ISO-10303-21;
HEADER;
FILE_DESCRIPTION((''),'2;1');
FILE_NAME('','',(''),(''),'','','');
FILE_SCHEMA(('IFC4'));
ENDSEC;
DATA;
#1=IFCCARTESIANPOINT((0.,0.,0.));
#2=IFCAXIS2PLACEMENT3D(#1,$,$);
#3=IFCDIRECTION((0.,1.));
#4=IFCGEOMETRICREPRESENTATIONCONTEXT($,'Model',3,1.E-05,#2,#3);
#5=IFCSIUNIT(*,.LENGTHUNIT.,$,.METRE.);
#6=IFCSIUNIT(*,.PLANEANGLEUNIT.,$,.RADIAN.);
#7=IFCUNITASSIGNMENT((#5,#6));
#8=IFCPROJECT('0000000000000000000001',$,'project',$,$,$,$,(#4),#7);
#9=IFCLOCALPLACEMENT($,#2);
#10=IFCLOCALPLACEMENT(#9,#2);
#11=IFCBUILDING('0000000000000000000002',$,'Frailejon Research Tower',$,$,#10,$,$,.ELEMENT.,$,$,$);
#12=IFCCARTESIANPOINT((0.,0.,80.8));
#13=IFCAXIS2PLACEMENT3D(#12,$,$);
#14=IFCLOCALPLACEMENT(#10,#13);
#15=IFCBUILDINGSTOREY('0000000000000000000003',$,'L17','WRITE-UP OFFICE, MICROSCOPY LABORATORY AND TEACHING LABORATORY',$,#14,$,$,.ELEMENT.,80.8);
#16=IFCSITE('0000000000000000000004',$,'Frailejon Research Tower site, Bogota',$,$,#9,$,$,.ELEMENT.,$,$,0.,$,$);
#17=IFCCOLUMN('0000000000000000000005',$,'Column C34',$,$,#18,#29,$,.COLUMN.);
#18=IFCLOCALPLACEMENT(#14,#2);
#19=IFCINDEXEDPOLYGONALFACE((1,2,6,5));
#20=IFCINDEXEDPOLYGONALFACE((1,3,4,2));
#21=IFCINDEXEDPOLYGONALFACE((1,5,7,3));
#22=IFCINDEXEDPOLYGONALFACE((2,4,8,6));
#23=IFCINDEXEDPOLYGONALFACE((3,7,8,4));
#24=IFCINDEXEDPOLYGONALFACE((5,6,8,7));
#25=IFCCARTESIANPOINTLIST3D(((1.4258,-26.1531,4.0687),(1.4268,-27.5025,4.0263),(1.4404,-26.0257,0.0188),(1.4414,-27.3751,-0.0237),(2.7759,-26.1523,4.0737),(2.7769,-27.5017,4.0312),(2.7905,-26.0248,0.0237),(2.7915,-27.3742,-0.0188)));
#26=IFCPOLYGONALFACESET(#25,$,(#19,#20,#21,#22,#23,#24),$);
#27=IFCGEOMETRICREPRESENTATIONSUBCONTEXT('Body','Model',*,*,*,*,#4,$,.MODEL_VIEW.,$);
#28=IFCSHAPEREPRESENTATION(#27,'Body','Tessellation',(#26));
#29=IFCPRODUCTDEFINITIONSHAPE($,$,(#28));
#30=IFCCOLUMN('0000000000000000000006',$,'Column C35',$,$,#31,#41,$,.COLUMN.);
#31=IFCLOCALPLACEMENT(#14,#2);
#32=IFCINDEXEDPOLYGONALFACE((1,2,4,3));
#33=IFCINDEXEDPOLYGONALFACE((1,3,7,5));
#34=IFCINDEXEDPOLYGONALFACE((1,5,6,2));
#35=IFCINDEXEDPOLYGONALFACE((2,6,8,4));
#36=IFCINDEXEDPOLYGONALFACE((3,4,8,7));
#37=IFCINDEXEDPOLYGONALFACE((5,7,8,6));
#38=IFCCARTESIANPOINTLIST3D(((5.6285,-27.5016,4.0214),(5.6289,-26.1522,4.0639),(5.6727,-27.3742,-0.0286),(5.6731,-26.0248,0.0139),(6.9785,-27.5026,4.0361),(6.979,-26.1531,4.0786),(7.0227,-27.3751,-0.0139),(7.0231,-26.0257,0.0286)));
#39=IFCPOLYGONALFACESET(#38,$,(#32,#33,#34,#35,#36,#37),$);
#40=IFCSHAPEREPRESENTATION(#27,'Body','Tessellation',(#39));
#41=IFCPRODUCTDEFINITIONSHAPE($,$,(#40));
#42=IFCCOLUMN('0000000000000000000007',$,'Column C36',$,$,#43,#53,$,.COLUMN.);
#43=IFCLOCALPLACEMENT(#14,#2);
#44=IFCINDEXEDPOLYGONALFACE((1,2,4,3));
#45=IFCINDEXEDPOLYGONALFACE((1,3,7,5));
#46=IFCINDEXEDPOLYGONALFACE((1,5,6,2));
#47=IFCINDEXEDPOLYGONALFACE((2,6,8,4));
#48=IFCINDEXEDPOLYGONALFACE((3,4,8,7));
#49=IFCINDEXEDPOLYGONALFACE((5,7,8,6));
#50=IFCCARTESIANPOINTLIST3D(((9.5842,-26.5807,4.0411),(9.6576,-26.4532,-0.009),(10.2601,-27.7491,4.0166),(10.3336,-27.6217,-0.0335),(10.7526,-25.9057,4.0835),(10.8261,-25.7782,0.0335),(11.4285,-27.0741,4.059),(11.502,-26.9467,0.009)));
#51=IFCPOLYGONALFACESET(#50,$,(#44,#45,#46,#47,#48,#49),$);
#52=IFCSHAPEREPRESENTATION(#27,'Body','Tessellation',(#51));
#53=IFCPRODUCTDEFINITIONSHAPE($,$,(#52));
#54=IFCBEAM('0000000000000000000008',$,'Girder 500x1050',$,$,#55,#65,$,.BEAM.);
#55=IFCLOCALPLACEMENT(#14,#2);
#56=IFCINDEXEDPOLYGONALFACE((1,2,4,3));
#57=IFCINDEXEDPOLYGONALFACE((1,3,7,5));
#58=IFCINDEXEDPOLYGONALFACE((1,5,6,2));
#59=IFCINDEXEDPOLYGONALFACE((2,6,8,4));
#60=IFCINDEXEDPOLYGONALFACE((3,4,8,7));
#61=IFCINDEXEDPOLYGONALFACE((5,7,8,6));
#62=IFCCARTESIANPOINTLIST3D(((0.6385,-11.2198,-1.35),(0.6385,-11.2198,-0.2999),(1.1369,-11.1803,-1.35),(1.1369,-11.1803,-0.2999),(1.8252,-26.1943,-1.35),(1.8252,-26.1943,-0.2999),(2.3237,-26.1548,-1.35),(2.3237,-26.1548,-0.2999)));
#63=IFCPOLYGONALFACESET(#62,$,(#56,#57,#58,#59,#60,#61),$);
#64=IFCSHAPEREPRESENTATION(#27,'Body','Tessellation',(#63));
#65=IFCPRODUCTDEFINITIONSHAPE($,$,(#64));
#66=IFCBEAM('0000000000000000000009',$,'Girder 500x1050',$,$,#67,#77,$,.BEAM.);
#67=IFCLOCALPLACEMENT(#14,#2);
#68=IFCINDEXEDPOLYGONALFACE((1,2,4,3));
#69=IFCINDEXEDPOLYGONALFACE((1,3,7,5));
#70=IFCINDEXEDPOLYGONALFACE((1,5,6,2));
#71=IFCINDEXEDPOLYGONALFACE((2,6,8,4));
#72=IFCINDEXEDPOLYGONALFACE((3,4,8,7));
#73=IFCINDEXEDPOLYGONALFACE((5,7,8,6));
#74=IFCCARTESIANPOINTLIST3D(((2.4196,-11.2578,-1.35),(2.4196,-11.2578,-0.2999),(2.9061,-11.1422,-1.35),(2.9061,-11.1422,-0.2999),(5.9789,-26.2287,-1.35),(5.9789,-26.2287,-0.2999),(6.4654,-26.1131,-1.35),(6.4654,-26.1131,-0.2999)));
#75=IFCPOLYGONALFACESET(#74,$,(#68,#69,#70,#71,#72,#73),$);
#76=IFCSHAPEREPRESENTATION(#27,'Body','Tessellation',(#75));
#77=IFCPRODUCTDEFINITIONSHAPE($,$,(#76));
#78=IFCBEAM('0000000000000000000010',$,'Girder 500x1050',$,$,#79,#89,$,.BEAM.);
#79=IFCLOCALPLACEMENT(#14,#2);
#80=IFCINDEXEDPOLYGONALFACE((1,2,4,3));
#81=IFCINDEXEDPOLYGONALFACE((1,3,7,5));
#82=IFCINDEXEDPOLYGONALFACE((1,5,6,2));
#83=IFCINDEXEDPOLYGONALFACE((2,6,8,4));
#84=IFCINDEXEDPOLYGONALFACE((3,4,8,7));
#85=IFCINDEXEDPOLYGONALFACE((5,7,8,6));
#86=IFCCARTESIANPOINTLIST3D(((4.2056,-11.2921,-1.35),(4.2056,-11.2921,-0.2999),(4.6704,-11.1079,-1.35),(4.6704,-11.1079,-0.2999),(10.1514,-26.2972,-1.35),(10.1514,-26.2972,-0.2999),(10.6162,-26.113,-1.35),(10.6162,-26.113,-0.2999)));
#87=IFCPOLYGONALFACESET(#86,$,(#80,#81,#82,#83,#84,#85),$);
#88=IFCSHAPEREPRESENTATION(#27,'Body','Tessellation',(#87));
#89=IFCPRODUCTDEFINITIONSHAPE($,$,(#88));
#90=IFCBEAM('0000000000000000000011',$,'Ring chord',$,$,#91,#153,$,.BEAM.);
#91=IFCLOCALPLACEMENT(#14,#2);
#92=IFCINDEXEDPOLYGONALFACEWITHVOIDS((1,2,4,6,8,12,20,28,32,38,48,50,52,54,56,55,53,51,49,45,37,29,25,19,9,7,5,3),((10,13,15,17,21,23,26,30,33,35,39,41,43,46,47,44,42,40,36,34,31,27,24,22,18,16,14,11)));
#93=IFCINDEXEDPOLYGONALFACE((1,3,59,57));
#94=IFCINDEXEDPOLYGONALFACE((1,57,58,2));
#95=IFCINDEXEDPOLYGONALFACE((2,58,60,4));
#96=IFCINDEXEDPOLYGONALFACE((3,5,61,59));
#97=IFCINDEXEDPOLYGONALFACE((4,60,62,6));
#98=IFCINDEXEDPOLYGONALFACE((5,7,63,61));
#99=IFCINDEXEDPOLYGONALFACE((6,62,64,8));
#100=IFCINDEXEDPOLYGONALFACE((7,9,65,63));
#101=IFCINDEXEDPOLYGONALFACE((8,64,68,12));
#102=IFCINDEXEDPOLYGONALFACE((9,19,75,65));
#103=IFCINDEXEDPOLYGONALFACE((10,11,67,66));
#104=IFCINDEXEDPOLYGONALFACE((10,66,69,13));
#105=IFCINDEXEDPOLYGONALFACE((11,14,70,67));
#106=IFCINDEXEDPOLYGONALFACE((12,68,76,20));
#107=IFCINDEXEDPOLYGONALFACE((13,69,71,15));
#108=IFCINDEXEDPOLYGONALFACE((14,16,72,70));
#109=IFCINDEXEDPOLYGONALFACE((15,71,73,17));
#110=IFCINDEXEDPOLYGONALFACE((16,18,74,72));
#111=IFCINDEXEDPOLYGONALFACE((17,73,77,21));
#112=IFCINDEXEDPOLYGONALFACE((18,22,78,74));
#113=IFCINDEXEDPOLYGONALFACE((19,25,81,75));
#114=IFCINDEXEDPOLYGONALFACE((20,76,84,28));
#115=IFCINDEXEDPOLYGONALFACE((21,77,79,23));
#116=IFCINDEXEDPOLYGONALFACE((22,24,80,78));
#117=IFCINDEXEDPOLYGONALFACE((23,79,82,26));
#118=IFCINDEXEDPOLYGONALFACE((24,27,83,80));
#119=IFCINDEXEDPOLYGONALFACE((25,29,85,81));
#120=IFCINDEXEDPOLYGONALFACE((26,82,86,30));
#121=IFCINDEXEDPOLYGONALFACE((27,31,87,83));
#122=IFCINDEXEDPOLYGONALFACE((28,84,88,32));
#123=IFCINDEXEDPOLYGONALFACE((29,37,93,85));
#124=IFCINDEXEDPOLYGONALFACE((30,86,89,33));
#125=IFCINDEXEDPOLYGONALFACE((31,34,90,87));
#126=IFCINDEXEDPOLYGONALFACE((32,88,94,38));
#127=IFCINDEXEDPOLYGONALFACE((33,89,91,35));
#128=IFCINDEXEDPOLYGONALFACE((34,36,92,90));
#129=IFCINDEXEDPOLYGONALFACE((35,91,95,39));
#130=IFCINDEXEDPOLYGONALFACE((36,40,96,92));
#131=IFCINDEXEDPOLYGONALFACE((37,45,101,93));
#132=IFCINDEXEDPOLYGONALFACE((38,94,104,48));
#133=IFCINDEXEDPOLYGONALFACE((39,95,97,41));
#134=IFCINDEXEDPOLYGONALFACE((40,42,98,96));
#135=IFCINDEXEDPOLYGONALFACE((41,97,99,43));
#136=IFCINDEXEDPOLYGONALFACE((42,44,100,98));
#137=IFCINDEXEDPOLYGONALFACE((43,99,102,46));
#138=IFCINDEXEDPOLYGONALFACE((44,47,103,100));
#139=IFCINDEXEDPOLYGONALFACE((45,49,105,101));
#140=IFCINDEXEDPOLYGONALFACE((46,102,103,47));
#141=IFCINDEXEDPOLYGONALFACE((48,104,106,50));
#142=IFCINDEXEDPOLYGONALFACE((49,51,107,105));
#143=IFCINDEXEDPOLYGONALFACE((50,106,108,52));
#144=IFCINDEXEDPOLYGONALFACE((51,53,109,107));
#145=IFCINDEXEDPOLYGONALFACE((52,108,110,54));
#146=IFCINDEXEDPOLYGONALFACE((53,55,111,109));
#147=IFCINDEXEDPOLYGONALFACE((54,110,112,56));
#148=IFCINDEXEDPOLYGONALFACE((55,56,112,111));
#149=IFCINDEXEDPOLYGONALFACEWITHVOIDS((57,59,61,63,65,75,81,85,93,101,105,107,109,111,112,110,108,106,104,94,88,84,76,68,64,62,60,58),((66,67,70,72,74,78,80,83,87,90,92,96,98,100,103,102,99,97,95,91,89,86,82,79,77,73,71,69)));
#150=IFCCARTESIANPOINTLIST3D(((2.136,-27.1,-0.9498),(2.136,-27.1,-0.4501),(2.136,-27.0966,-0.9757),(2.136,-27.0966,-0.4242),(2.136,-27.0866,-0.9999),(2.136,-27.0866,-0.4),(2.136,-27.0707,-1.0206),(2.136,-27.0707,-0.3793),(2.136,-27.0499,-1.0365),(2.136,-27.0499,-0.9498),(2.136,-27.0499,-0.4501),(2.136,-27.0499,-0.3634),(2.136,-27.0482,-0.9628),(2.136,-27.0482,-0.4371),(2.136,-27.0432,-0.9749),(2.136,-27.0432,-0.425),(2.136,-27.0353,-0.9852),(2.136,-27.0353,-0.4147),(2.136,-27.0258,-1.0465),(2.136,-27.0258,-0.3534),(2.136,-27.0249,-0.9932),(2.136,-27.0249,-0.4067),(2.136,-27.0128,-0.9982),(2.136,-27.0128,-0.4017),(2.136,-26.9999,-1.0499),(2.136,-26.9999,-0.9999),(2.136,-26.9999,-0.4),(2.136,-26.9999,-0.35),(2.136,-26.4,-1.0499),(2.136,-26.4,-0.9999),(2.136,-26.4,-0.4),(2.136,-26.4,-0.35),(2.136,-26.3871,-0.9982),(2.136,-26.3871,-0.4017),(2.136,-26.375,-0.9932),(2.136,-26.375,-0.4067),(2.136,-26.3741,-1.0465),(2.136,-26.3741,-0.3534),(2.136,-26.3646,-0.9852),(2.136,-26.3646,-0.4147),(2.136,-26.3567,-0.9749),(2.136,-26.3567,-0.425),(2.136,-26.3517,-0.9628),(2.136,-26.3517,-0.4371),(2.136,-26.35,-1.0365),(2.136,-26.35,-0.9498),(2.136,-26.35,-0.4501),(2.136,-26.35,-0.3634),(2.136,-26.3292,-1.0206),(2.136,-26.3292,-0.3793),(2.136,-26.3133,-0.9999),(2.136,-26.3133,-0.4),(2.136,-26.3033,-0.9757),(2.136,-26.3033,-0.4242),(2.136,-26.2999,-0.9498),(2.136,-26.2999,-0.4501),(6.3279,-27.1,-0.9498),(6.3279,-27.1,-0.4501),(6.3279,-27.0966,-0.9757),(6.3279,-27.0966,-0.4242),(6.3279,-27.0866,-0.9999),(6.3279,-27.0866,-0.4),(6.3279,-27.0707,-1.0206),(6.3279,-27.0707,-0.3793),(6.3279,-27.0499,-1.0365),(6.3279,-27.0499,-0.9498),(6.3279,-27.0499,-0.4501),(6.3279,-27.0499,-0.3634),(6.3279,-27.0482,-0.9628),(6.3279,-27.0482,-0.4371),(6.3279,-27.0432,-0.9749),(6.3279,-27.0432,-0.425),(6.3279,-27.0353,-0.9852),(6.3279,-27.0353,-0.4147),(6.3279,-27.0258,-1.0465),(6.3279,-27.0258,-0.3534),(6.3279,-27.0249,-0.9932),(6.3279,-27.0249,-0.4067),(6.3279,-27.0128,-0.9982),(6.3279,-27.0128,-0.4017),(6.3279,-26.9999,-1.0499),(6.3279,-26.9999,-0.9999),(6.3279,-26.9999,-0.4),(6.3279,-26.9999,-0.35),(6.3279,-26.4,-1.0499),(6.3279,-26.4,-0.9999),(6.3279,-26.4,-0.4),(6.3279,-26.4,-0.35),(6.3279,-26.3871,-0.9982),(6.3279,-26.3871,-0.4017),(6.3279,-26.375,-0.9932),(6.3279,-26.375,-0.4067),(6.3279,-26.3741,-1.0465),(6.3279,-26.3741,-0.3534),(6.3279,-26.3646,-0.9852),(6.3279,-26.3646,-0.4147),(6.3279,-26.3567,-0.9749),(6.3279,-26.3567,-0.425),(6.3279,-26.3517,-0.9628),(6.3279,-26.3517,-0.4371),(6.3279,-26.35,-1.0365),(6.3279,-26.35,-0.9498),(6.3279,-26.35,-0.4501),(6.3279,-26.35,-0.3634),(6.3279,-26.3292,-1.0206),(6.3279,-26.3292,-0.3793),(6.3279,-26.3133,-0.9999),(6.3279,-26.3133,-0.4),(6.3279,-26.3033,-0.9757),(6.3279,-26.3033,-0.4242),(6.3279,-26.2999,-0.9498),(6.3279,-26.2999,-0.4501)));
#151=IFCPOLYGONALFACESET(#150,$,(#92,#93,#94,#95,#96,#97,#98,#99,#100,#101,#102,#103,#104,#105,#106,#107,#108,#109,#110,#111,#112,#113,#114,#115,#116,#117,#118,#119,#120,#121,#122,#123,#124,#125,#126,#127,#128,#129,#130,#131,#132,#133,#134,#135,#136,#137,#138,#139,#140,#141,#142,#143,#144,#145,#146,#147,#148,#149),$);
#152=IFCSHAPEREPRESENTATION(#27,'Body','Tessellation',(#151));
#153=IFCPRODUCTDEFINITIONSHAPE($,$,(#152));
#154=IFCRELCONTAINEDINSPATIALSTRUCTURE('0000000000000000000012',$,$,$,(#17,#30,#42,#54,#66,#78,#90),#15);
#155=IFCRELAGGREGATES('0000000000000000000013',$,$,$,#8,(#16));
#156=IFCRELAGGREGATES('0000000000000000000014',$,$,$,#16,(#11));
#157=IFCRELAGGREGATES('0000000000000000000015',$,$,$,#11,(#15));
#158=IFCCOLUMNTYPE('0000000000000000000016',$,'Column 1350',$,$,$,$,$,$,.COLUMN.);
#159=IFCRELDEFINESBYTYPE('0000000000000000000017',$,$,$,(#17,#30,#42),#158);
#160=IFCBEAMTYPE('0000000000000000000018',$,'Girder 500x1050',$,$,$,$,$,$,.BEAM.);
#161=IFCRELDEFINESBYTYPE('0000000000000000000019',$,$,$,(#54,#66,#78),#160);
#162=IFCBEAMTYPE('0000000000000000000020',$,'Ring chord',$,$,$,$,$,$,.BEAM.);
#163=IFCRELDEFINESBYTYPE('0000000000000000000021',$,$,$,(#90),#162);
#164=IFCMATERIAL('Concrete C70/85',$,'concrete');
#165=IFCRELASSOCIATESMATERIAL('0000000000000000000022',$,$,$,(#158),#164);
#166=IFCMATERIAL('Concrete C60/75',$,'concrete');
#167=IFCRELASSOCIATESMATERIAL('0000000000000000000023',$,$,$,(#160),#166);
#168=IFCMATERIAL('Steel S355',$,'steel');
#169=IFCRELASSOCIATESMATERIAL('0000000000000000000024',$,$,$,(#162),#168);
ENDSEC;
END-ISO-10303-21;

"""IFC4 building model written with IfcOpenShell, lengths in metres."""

from ifc_helpers import new_model, si_unit, direction, frame, origin, origin_2d, place, context, subcontext, project, spatial, rectangle, hollow_rectangle, extrude, material, material_profile, profile_set, type_object, element, save


model = new_model("IFC4")

# Units and contexts
model_context = context("Model", 3, precision=1e-05, world=origin(), true_north=direction((0.0, 1.0)))
body_context = subcontext(model_context, "Body", "Model", "MODEL_VIEW")
ifc_project = project(units=[si_unit("LENGTHUNIT", "METRE"), si_unit("PLANEANGLEUNIT", "RADIAN")], contexts=[model_context])

# Site, building, storey
site_placement = place(None, origin())
site = spatial("IfcSite", under=ifc_project, at=site_placement, Name="Frailejon Research Tower site, Bogota", CompositionType="ELEMENT", RefElevation=0.0)
building_placement = place(site_placement, origin())
building = spatial("IfcBuilding", under=site, at=building_placement, Name="Frailejon Research Tower", CompositionType="ELEMENT")
storey_placement = place(building_placement, frame((0.0, 0.0, 80.8)))
storey = spatial("IfcBuildingStorey", under=building, at=storey_placement, Name="L17", Description="WRITE-UP OFFICE, MICROSCOPY LABORATORY AND TEACHING LABORATORY", CompositionType="ELEMENT", Elevation=80.8)

# Columns
ifc_material_1 = material(Name="Concrete C70/85", Category="concrete")
ifc_material_profile_1 = material_profile(ifc_material_1, rectangle(XDim=1.3501, YDim=1.3501, at=origin_2d()), Name="Column 1350")
ifc_profile_set_1 = profile_set([ifc_material_profile_1], Name="Concrete C70/85")
column_type = type_object("IfcColumnType", Name="Column 1350", PredefinedType="COLUMN", material=ifc_profile_set_1)
column_1_placement = place(storey_placement, frame((2.116, -26.7, 0.0), z_axis=(-0.003615, -0.031451, 0.999499), x_axis=(0.999993, 0.000624, 0.003636)))
element("IfcColumn", 1, at=column_1_placement, inside=storey, type_object=column_type, Name="Column C34", PredefinedType="COLUMN", context=body_context, shape_type="SweptSolid", body=[
    extrude(rectangle(XDim=1.3501, YDim=1.3501, at=origin_2d()), origin(), (0.0, 0.0, 1.0), 4.052),
])
column_2_placement = place(storey_placement, frame((6.3479, -26.7, 0.0), z_axis=(-0.010905, -0.031449, 0.999446), x_axis=(0.99994, -0.000694, 0.010888)))
element("IfcColumn", 2, at=column_2_placement, inside=storey, type_object=column_type, Name="Column C35", PredefinedType="COLUMN", context=body_context, shape_type="SweptSolid", body=[
    extrude(rectangle(XDim=1.3501, YDim=1.3501, at=origin_2d()), origin(), (0.0, 0.0, 1.0), 4.0522),
])
column_3_placement = place(storey_placement, frame((10.5798, -26.7, 0.0), z_axis=(-0.018133, -0.031446, 0.999341), x_axis=(0.865469, 0.499975, 0.031436)))
element("IfcColumn", 3, at=column_3_placement, inside=storey, type_object=column_type, Name="Column C36", PredefinedType="COLUMN", context=body_context, shape_type="SweptSolid", body=[
    extrude(rectangle(XDim=1.3501, YDim=1.3501, at=origin_2d()), origin(), (0.0, 0.0, 1.0), 4.0527),
])

# Beams
ifc_material_2 = material(Name="Concrete C60/75", Category="concrete")
ifc_material_profile_2 = material_profile(ifc_material_2, rectangle(XDim=0.5, YDim=1.05, at=origin_2d()), Name="Girder 500x1050")
ifc_profile_set_2 = profile_set([ifc_material_profile_2], Name="Concrete C60/75")
beam_type_1 = type_object("IfcBeamType", Name="Girder 500x1050", PredefinedType="BEAM", material=ifc_profile_set_2)
beam_1_placement = place(storey_placement, frame((2.0745, -26.1746, -0.825), z_axis=(-0.079004, 0.996874, 0.0), x_axis=(-0.996874, -0.079004, 0.0)))
element("IfcBeam", 4, at=beam_1_placement, inside=storey, type_object=beam_type_1, Name="Girder 500x1050", PredefinedType="BEAM", context=body_context, shape_type="SweptSolid", body=[
    extrude(rectangle(XDim=0.5, YDim=1.05, at=origin_2d()), origin(), (0.0, 0.0, 1.0), 15.0215),
])
beam_2_placement = place(storey_placement, frame((6.2222, -26.1709, -0.825), z_axis=(-0.231302, 0.972882, 0.0), x_axis=(-0.972882, -0.231302, 0.0)))
element("IfcBeam", 5, at=beam_2_placement, inside=storey, type_object=beam_type_1, Name="Girder 500x1050", PredefinedType="BEAM", context=body_context, shape_type="SweptSolid", body=[
    extrude(rectangle(XDim=0.5, YDim=1.05, at=origin_2d()), origin(), (0.0, 0.0, 1.0), 15.3882),
])
beam_3_placement = place(storey_placement, frame((10.3838, -26.2051, -0.825), z_axis=(-0.368384, 0.929674, 0.0), x_axis=(-0.929674, -0.368384, 0.0)))
element("IfcBeam", 6, at=beam_3_placement, inside=storey, type_object=beam_type_1, Name="Girder 500x1050", PredefinedType="BEAM", context=body_context, shape_type="SweptSolid", body=[
    extrude(rectangle(XDim=0.5, YDim=1.05, at=origin_2d()), origin(), (0.0, 0.0, 1.0), 16.1401),
])
ifc_material_3 = material(Name="Steel S355", Category="steel")
ifc_material_profile_3 = material_profile(ifc_material_3, hollow_rectangle(XDim=0.8, YDim=0.7, WallThickness=0.05, InnerFilletRadius=0.05, OuterFilletRadius=0.1001, at=origin_2d()), Name="Ring chord")
ifc_profile_set_3 = profile_set([ifc_material_profile_3], Name="Steel S355")
beam_type_2 = type_object("IfcBeamType", Name="Ring chord", PredefinedType="BEAM", material=ifc_profile_set_3)
for number, where, z_axis, x_axis, name in (
    (7, (2.136, -26.7, -0.7), (1.0, 0.0, 0.0), (0.0, 1.0, 0.0), "Ring chord"),
):
    element("IfcBeam", number, at=place(storey_placement, frame(where, z_axis=z_axis, x_axis=x_axis)), inside=storey, type_object=beam_type_2, Name=name, PredefinedType="BEAM", context=body_context, shape_type="SweptSolid", body=[
        extrude(hollow_rectangle(XDim=0.8, YDim=0.7, WallThickness=0.05, InnerFilletRadius=0.05, OuterFilletRadius=0.1001, at=origin_2d()), origin(), (0.0, 0.0, 1.0), 4.1919),
    ])

save(model, "model.ifc")
